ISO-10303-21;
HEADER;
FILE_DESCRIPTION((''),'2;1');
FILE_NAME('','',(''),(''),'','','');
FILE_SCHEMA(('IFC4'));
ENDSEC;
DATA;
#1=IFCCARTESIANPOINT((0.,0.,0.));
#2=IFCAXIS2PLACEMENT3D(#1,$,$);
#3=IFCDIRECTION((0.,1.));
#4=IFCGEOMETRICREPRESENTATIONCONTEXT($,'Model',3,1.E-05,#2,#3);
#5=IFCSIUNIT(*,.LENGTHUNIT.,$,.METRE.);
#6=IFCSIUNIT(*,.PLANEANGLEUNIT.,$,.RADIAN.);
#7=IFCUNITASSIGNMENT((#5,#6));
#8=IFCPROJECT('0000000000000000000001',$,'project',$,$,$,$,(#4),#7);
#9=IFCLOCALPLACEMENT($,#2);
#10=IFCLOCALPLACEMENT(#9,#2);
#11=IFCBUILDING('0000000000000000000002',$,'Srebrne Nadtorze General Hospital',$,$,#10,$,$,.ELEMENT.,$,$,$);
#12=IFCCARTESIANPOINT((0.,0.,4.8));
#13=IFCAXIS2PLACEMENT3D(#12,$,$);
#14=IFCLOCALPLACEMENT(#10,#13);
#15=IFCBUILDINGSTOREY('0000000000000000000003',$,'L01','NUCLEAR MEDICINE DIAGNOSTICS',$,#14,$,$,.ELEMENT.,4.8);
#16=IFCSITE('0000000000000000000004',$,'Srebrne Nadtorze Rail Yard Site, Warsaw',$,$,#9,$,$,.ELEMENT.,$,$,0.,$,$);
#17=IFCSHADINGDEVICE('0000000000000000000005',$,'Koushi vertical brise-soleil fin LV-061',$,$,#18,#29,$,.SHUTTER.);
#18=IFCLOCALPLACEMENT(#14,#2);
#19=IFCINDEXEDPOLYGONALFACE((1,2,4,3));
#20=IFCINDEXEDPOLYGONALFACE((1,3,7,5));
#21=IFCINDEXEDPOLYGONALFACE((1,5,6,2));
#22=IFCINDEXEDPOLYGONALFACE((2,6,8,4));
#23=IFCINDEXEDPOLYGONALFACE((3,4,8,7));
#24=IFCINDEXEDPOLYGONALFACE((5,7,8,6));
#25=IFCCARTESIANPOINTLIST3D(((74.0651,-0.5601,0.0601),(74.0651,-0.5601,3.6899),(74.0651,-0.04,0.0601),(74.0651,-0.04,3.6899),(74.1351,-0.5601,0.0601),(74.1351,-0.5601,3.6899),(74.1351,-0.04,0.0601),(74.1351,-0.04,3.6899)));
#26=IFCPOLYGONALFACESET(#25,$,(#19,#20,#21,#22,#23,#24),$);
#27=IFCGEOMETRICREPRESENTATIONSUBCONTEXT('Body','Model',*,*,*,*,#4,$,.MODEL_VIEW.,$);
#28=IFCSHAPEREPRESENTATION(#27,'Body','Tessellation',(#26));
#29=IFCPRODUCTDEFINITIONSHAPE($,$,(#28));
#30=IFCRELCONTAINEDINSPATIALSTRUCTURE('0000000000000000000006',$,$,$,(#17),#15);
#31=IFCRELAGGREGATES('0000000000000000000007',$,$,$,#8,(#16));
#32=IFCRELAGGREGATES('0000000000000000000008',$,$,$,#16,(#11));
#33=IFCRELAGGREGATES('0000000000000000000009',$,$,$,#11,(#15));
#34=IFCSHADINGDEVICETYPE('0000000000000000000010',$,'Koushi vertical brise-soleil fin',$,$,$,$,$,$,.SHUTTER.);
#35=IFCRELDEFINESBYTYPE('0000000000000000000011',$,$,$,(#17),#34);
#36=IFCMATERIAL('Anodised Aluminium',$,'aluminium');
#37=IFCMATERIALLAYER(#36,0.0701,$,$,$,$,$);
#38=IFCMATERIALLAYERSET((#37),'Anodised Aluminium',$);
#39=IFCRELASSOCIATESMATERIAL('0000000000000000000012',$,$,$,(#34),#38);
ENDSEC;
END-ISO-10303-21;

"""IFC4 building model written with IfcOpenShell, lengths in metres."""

from ifc_helpers import new_model, si_unit, direction, frame, origin, origin_2d, place, context, subcontext, project, spatial, rectangle, extrude, material, layer, layer_set, type_object, element, save


model = new_model("IFC4")

# Units and contexts
model_context = context("Model", 3, precision=1e-05, world=origin(), true_north=direction((0.0, 1.0)))
body_context = subcontext(model_context, "Body", "Model", "MODEL_VIEW")
ifc_project = project(units=[si_unit("LENGTHUNIT", "METRE"), si_unit("PLANEANGLEUNIT", "RADIAN")], contexts=[model_context])

# Site, building, storey
site_placement = place(None, origin())
site = spatial("IfcSite", under=ifc_project, at=site_placement, Name="Srebrne Nadtorze Rail Yard Site, Warsaw", CompositionType="ELEMENT", RefElevation=0.0)
building_placement = place(site_placement, origin())
building = spatial("IfcBuilding", under=site, at=building_placement, Name="Srebrne Nadtorze General Hospital", CompositionType="ELEMENT")
storey_placement = place(building_placement, frame((0.0, 0.0, 4.8)))
storey = spatial("IfcBuildingStorey", under=building, at=storey_placement, Name="L01", Description="NUCLEAR MEDICINE DIAGNOSTICS", CompositionType="ELEMENT", Elevation=4.8)

# Shading device
ifc_material_1 = material(Name="Anodised Aluminium", Category="aluminium")
ifc_layer_1 = layer(ifc_material_1, 0.0701)
ifc_layer_set_1 = layer_set([ifc_layer_1], Name="Anodised Aluminium")
shading_device_type = type_object("IfcShadingDeviceType", Name="Koushi vertical brise-soleil fin", PredefinedType="SHUTTER", material=ifc_layer_set_1)
for number, where, z_axis, x_axis, name in (
    (1, (74.1001, -0.3, 0.0601), (0.0, 0.0, 1.0), (1.0, 0.0, 0.0), "Koushi vertical brise-soleil fin LV-061"),
):
    element("IfcShadingDevice", number, at=place(storey_placement, frame(where, z_axis=z_axis, x_axis=x_axis)), inside=storey, type_object=shading_device_type, Name=name, PredefinedType="SHUTTER", context=body_context, shape_type="SweptSolid", body=[
        extrude(rectangle(XDim=0.0701, YDim=0.52, at=origin_2d()), origin(), (0.0, 0.0, 1.0), 3.6299),
    ])

save(model, "model.ifc")
